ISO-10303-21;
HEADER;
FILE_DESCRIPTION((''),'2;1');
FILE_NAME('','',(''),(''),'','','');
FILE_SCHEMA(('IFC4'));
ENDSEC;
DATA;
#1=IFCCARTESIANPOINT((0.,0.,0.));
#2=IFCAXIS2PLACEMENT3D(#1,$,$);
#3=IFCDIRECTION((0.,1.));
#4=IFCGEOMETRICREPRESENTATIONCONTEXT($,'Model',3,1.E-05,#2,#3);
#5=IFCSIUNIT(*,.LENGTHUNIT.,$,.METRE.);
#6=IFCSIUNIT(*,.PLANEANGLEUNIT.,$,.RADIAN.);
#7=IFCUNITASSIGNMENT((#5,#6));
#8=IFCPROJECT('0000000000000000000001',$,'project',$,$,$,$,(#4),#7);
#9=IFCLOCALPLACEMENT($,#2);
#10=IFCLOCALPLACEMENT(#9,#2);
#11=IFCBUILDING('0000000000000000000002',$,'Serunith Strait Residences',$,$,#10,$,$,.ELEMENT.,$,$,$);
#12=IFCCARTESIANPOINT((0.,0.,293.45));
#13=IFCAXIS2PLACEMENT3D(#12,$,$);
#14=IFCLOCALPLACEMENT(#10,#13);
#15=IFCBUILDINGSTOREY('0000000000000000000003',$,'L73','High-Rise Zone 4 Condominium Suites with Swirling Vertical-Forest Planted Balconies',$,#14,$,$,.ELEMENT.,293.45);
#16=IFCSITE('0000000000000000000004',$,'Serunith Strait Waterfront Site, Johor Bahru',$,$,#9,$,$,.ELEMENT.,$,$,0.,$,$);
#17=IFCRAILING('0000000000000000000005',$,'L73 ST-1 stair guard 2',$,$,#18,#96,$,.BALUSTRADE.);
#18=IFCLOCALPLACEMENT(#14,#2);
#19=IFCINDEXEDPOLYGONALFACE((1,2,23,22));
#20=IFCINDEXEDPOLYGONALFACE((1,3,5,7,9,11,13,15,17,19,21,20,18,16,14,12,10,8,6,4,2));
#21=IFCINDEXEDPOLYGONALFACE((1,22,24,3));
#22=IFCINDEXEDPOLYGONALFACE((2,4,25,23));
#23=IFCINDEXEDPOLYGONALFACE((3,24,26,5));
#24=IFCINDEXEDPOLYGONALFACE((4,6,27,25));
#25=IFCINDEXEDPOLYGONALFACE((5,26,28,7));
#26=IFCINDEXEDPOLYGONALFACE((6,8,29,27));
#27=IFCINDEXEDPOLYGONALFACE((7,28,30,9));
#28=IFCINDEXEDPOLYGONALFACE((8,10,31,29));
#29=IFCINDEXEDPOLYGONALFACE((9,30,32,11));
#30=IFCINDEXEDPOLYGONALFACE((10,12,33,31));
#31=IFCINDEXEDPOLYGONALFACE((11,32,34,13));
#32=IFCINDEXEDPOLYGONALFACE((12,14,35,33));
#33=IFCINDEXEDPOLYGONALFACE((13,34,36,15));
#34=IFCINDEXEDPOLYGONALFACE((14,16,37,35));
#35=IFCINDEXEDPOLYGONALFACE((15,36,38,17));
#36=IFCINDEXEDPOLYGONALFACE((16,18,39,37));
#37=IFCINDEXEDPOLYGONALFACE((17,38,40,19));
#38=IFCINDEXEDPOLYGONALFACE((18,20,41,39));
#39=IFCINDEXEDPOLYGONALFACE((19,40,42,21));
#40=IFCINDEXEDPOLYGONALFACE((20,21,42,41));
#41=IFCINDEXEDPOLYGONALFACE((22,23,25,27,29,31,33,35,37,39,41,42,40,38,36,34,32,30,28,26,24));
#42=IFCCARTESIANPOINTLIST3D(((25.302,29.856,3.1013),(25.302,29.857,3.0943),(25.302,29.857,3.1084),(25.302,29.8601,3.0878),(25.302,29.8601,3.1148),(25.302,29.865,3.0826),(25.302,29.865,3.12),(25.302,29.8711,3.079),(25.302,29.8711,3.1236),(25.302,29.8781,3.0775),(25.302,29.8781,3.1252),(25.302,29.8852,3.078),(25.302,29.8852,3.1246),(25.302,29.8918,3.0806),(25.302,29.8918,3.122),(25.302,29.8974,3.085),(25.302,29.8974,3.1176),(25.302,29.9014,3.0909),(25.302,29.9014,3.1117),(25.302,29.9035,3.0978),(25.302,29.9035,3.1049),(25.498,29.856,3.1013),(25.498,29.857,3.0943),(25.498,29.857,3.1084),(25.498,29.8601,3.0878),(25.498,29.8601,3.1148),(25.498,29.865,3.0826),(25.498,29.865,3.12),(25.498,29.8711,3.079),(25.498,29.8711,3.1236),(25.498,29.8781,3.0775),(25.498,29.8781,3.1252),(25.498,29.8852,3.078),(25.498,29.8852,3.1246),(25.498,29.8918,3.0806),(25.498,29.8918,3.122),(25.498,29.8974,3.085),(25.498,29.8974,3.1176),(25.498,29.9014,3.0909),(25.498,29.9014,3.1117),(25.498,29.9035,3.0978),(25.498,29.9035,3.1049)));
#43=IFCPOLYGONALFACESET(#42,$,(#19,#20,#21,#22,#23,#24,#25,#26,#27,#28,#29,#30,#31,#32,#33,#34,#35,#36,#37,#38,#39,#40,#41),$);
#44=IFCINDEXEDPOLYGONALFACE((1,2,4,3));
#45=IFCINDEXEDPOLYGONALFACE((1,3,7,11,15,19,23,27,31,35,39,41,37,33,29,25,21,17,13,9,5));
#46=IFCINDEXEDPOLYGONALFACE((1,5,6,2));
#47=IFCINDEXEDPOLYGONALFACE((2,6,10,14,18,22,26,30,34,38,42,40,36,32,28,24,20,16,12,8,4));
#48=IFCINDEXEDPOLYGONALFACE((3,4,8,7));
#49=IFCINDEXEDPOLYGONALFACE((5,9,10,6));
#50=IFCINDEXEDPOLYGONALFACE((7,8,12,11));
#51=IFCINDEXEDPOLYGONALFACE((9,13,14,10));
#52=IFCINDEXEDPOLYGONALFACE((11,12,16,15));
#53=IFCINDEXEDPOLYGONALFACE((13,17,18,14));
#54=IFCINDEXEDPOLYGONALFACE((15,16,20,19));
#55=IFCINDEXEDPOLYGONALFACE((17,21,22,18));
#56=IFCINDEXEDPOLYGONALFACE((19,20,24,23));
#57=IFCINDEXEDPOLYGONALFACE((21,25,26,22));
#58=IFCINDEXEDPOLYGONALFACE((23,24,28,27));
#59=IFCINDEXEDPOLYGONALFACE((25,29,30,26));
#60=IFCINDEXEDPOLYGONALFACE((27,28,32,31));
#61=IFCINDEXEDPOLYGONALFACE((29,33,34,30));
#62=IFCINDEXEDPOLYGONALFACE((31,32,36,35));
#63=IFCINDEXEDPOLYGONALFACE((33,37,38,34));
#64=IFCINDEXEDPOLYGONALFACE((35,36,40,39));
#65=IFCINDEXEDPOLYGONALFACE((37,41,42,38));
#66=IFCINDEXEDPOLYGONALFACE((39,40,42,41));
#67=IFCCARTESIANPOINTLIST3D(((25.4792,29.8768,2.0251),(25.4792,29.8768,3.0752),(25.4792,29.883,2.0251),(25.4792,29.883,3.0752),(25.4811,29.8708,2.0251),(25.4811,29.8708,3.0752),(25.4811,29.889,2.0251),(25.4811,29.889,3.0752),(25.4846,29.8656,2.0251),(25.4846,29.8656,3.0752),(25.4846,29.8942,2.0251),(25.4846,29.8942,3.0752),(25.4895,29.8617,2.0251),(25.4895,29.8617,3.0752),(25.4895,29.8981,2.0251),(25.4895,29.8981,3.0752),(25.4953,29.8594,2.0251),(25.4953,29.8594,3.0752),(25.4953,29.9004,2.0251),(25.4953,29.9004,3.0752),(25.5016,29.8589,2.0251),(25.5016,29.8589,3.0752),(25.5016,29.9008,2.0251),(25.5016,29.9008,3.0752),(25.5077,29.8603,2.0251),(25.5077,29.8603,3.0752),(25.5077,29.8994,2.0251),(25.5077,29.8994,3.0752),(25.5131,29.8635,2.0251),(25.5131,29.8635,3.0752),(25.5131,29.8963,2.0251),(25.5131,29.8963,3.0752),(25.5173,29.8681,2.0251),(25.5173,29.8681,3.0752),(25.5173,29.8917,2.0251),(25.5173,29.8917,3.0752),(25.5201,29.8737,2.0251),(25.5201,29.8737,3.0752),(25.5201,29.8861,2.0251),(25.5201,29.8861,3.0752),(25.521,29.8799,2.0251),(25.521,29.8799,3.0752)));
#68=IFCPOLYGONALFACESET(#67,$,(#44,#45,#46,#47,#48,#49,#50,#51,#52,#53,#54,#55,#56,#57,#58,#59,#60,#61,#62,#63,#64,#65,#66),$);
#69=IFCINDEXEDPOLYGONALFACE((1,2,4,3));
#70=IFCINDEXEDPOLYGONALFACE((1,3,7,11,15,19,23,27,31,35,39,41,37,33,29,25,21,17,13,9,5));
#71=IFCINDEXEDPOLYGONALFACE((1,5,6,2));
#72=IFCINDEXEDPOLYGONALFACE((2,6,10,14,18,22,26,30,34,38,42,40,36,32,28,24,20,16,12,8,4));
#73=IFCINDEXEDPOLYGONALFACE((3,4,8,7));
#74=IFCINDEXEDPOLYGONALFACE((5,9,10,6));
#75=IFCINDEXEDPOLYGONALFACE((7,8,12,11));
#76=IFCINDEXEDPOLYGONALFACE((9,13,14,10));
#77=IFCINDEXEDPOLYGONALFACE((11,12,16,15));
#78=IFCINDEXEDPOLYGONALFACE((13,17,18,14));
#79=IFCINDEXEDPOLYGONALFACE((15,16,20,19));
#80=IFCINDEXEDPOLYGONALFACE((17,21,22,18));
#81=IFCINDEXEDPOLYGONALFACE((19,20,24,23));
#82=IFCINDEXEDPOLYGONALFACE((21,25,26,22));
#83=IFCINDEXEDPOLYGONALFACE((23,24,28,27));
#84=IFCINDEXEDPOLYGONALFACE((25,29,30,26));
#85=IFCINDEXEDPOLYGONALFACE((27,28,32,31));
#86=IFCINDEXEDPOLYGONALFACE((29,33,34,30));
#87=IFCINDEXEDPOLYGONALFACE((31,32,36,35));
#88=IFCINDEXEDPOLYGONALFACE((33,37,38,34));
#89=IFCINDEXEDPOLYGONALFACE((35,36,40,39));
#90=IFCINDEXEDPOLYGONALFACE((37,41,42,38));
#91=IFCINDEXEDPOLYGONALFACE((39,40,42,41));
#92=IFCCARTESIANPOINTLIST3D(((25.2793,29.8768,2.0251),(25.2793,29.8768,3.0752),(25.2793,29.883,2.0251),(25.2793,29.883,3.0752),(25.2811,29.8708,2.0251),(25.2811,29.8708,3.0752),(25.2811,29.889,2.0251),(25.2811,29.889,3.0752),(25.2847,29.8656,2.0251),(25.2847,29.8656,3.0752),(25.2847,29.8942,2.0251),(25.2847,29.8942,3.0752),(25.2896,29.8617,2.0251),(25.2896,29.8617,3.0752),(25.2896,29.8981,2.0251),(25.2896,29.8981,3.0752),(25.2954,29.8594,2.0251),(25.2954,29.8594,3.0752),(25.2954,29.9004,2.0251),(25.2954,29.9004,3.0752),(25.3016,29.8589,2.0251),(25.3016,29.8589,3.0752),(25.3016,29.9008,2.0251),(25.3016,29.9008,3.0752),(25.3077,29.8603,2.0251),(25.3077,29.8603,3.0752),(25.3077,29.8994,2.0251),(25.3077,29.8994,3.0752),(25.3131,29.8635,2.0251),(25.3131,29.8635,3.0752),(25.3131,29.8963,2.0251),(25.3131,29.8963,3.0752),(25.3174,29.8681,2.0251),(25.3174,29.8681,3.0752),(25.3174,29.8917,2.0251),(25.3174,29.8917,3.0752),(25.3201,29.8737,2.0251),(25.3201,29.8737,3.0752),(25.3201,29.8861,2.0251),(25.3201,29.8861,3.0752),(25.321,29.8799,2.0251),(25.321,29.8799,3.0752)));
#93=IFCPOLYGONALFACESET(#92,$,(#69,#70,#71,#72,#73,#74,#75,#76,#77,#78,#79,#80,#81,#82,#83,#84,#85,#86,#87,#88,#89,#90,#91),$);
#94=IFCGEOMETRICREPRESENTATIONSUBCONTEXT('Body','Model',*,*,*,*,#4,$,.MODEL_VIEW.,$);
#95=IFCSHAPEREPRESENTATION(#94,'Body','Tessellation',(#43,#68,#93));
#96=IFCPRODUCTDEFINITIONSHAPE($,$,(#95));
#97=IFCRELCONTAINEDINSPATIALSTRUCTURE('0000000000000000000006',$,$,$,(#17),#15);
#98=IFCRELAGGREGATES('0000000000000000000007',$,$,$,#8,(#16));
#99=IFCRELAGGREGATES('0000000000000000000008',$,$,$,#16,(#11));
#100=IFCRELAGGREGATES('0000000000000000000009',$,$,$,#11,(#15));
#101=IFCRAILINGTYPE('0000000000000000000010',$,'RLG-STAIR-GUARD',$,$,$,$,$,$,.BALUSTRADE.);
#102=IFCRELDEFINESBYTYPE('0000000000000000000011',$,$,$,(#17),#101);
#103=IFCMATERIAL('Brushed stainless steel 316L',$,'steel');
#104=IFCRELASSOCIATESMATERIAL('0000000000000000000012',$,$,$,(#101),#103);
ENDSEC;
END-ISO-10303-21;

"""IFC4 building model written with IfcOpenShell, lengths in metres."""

from ifc_helpers import new_model, si_unit, direction, frame, origin, origin_2d, place, context, subcontext, project, spatial, circle, extrude, material, type_object, element, save


model = new_model("IFC4")

# Units and contexts
model_context = context("Model", 3, precision=1e-05, world=origin(), true_north=direction((0.0, 1.0)))
body_context = subcontext(model_context, "Body", "Model", "MODEL_VIEW")
ifc_project = project(units=[si_unit("LENGTHUNIT", "METRE"), si_unit("PLANEANGLEUNIT", "RADIAN")], contexts=[model_context])

# Site, building, storey
site_placement = place(None, origin())
site = spatial("IfcSite", under=ifc_project, at=site_placement, Name="Serunith Strait Waterfront Site, Johor Bahru", CompositionType="ELEMENT", RefElevation=0.0)
building_placement = place(site_placement, origin())
building = spatial("IfcBuilding", under=site, at=building_placement, Name="Serunith Strait Residences", CompositionType="ELEMENT")
storey_placement = place(building_placement, frame((0.0, 0.0, 293.45)))
storey = spatial("IfcBuildingStorey", under=building, at=storey_placement, Name="L73", Description="High-Rise Zone 4 Condominium Suites with Swirling Vertical-Forest Planted Balconies", CompositionType="ELEMENT", Elevation=293.45)

# Railing
ifc_material_1 = material(Name="Brushed stainless steel 316L", Category="steel")
railing_type_1 = type_object("IfcRailingType", Name="RLG-STAIR-GUARD", PredefinedType="BALUSTRADE", material=ifc_material_1)
railing_1_placement = place(storey_placement, frame((25.5, 29.8799, 2.0251)))
element("IfcRailing", 1, at=railing_1_placement, inside=storey, type_object=railing_type_1, Name="L73 ST-1 stair guard 2", PredefinedType="BALUSTRADE", context=body_context, shape_type="SweptSolid", body=[
    extrude(circle(Radius=0.0239, at=origin_2d()), frame((-0.002, 0.0, 1.0762), z_axis=(-1.0, 0.0, 0.0), x_axis=(0.0, -1.0, 0.0)), (0.0, 0.0, 1.0), 0.196),
    extrude(circle(Radius=0.021, at=origin_2d()), origin(), (0.0, 0.0, 1.0), 1.05),
    extrude(circle(Radius=0.021, at=origin_2d()), frame((-0.2, 0.0, 0.0)), (0.0, 0.0, 1.0), 1.05),
])

save(model, "model.ifc")
